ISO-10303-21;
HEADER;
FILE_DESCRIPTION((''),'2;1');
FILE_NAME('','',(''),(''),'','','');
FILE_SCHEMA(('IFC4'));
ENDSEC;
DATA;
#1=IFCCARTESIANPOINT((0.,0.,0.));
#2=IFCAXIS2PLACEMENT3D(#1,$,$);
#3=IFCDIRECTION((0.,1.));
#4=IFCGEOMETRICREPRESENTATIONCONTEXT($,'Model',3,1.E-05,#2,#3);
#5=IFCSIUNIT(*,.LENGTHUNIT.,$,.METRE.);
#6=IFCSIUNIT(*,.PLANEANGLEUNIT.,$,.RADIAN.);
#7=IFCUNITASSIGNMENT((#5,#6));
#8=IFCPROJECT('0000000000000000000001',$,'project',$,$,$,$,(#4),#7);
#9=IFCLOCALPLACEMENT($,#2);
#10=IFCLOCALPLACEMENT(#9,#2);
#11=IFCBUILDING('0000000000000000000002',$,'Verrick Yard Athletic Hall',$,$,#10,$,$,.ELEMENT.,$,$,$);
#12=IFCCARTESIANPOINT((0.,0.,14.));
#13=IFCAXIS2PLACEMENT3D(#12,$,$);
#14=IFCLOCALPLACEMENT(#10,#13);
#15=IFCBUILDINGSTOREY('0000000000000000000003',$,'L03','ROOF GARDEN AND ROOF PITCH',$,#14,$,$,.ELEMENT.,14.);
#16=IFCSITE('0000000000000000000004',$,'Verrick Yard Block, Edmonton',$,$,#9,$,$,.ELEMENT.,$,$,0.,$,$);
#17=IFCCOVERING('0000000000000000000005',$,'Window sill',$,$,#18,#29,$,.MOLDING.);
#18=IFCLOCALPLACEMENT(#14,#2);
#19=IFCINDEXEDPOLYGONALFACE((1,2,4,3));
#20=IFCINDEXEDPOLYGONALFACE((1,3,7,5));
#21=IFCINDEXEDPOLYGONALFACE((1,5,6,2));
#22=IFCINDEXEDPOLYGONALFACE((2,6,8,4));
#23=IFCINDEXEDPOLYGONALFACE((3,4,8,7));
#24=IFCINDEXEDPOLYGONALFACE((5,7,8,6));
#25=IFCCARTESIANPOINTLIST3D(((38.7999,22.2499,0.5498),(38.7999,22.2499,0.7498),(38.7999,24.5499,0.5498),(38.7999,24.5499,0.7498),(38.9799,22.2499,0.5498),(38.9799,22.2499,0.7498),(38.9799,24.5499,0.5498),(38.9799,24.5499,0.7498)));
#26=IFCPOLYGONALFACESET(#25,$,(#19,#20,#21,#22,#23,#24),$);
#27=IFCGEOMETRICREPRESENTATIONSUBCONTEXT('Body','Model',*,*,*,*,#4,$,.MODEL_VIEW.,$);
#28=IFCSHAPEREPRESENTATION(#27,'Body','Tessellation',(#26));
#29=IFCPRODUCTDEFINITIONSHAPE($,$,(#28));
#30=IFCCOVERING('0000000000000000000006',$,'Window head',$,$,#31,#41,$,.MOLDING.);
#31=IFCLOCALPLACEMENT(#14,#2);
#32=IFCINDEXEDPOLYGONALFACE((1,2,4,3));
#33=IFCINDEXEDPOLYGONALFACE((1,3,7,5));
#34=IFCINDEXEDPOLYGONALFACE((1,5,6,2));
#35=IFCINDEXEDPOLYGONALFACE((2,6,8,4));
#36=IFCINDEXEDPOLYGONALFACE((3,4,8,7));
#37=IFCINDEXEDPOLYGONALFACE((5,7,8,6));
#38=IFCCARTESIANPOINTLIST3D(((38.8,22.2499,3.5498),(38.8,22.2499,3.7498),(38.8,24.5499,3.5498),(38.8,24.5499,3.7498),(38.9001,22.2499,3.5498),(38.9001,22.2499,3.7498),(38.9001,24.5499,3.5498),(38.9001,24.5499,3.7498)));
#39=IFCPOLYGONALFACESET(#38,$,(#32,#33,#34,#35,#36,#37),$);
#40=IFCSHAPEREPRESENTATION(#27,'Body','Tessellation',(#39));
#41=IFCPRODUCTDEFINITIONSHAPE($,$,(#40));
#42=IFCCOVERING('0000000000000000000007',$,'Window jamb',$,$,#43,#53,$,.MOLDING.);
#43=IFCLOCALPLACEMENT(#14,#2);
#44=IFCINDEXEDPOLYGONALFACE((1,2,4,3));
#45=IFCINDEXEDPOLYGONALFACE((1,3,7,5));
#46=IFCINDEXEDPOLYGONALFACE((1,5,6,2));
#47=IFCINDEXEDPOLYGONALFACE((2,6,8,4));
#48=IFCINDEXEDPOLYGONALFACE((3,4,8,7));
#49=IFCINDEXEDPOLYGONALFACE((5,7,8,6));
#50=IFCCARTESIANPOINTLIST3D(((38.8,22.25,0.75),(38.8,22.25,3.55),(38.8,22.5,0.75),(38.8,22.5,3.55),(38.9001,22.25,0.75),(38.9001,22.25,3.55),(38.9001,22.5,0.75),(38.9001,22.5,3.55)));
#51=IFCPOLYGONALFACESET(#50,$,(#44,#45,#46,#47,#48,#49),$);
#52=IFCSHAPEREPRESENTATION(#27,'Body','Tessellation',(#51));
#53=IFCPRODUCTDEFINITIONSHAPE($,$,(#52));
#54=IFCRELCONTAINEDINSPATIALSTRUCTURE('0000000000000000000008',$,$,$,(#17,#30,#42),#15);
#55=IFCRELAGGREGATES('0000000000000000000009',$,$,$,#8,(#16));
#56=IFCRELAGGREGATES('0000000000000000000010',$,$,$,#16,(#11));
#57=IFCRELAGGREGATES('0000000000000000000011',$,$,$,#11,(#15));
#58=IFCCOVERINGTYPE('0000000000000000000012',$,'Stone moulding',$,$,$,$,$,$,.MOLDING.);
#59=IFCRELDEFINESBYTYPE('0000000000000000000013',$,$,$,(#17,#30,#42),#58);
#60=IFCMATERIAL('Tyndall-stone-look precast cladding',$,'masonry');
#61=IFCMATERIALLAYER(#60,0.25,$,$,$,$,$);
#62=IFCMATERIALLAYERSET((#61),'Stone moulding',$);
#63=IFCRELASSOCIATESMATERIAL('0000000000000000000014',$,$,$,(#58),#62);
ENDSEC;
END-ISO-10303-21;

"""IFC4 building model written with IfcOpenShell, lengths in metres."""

from ifc_helpers import new_model, si_unit, direction, frame, origin, origin_2d, place, context, subcontext, project, spatial, rectangle, extrude, material, layer, layer_set, type_object, element, save


model = new_model("IFC4")

# Units and contexts
model_context = context("Model", 3, precision=1e-05, world=origin(), true_north=direction((0.0, 1.0)))
body_context = subcontext(model_context, "Body", "Model", "MODEL_VIEW")
ifc_project = project(units=[si_unit("LENGTHUNIT", "METRE"), si_unit("PLANEANGLEUNIT", "RADIAN")], contexts=[model_context])

# Site, building, storey
site_placement = place(None, origin())
site = spatial("IfcSite", under=ifc_project, at=site_placement, Name="Verrick Yard Block, Edmonton", CompositionType="ELEMENT", RefElevation=0.0)
building_placement = place(site_placement, origin())
building = spatial("IfcBuilding", under=site, at=building_placement, Name="Verrick Yard Athletic Hall", CompositionType="ELEMENT")
storey_placement = place(building_placement, frame((0.0, 0.0, 14.0)))
storey = spatial("IfcBuildingStorey", under=building, at=storey_placement, Name="L03", Description="ROOF GARDEN AND ROOF PITCH", CompositionType="ELEMENT", Elevation=14.0)

# Shared definitions
ifc_material_1 = material(Name="Tyndall-stone-look precast cladding", Category="masonry")

# Coverings
ifc_layer_1 = layer(ifc_material_1, 0.25)
ifc_layer_set_1 = layer_set([ifc_layer_1], Name="Stone moulding")
covering_type_1 = type_object("IfcCoveringType", Name="Stone moulding", PredefinedType="MOLDING", material=ifc_layer_set_1)
covering_1_placement = place(storey_placement, frame((38.8899, 23.3999, 0.5498), z_axis=(0.0, 0.0, 1.0), x_axis=(0.0, 1.0, 0.0)))
element("IfcCovering", 1, at=covering_1_placement, inside=storey, type_object=covering_type_1, Name="Window sill", PredefinedType="MOLDING", context=body_context, shape_type="SweptSolid", body=[
    extrude(rectangle(XDim=2.3, YDim=0.1799, at=origin_2d()), origin(), (0.0, 0.0, 1.0), 0.2),
])
covering_2_placement = place(storey_placement, frame((38.8501, 23.3999, 3.5498), z_axis=(0.0, 0.0, 1.0), x_axis=(0.0, 1.0, 0.0)))
element("IfcCovering", 2, at=covering_2_placement, inside=storey, type_object=covering_type_1, Name="Window head", PredefinedType="MOLDING", context=body_context, shape_type="SweptSolid", body=[
    extrude(rectangle(XDim=2.3, YDim=0.1001, at=origin_2d()), origin(), (0.0, 0.0, 1.0), 0.2),
])
covering_3_placement = place(storey_placement, frame((38.8501, 22.375, 0.75), z_axis=(0.0, 0.0, 1.0), x_axis=(0.0, 1.0, 0.0)))
element("IfcCovering", 3, at=covering_3_placement, inside=storey, type_object=covering_type_1, Name="Window jamb", PredefinedType="MOLDING", context=body_context, shape_type="SweptSolid", body=[
    extrude(rectangle(XDim=0.25, YDim=0.1001, at=origin_2d()), origin(), (0.0, 0.0, 1.0), 2.8),
])

save(model, "model.ifc")
